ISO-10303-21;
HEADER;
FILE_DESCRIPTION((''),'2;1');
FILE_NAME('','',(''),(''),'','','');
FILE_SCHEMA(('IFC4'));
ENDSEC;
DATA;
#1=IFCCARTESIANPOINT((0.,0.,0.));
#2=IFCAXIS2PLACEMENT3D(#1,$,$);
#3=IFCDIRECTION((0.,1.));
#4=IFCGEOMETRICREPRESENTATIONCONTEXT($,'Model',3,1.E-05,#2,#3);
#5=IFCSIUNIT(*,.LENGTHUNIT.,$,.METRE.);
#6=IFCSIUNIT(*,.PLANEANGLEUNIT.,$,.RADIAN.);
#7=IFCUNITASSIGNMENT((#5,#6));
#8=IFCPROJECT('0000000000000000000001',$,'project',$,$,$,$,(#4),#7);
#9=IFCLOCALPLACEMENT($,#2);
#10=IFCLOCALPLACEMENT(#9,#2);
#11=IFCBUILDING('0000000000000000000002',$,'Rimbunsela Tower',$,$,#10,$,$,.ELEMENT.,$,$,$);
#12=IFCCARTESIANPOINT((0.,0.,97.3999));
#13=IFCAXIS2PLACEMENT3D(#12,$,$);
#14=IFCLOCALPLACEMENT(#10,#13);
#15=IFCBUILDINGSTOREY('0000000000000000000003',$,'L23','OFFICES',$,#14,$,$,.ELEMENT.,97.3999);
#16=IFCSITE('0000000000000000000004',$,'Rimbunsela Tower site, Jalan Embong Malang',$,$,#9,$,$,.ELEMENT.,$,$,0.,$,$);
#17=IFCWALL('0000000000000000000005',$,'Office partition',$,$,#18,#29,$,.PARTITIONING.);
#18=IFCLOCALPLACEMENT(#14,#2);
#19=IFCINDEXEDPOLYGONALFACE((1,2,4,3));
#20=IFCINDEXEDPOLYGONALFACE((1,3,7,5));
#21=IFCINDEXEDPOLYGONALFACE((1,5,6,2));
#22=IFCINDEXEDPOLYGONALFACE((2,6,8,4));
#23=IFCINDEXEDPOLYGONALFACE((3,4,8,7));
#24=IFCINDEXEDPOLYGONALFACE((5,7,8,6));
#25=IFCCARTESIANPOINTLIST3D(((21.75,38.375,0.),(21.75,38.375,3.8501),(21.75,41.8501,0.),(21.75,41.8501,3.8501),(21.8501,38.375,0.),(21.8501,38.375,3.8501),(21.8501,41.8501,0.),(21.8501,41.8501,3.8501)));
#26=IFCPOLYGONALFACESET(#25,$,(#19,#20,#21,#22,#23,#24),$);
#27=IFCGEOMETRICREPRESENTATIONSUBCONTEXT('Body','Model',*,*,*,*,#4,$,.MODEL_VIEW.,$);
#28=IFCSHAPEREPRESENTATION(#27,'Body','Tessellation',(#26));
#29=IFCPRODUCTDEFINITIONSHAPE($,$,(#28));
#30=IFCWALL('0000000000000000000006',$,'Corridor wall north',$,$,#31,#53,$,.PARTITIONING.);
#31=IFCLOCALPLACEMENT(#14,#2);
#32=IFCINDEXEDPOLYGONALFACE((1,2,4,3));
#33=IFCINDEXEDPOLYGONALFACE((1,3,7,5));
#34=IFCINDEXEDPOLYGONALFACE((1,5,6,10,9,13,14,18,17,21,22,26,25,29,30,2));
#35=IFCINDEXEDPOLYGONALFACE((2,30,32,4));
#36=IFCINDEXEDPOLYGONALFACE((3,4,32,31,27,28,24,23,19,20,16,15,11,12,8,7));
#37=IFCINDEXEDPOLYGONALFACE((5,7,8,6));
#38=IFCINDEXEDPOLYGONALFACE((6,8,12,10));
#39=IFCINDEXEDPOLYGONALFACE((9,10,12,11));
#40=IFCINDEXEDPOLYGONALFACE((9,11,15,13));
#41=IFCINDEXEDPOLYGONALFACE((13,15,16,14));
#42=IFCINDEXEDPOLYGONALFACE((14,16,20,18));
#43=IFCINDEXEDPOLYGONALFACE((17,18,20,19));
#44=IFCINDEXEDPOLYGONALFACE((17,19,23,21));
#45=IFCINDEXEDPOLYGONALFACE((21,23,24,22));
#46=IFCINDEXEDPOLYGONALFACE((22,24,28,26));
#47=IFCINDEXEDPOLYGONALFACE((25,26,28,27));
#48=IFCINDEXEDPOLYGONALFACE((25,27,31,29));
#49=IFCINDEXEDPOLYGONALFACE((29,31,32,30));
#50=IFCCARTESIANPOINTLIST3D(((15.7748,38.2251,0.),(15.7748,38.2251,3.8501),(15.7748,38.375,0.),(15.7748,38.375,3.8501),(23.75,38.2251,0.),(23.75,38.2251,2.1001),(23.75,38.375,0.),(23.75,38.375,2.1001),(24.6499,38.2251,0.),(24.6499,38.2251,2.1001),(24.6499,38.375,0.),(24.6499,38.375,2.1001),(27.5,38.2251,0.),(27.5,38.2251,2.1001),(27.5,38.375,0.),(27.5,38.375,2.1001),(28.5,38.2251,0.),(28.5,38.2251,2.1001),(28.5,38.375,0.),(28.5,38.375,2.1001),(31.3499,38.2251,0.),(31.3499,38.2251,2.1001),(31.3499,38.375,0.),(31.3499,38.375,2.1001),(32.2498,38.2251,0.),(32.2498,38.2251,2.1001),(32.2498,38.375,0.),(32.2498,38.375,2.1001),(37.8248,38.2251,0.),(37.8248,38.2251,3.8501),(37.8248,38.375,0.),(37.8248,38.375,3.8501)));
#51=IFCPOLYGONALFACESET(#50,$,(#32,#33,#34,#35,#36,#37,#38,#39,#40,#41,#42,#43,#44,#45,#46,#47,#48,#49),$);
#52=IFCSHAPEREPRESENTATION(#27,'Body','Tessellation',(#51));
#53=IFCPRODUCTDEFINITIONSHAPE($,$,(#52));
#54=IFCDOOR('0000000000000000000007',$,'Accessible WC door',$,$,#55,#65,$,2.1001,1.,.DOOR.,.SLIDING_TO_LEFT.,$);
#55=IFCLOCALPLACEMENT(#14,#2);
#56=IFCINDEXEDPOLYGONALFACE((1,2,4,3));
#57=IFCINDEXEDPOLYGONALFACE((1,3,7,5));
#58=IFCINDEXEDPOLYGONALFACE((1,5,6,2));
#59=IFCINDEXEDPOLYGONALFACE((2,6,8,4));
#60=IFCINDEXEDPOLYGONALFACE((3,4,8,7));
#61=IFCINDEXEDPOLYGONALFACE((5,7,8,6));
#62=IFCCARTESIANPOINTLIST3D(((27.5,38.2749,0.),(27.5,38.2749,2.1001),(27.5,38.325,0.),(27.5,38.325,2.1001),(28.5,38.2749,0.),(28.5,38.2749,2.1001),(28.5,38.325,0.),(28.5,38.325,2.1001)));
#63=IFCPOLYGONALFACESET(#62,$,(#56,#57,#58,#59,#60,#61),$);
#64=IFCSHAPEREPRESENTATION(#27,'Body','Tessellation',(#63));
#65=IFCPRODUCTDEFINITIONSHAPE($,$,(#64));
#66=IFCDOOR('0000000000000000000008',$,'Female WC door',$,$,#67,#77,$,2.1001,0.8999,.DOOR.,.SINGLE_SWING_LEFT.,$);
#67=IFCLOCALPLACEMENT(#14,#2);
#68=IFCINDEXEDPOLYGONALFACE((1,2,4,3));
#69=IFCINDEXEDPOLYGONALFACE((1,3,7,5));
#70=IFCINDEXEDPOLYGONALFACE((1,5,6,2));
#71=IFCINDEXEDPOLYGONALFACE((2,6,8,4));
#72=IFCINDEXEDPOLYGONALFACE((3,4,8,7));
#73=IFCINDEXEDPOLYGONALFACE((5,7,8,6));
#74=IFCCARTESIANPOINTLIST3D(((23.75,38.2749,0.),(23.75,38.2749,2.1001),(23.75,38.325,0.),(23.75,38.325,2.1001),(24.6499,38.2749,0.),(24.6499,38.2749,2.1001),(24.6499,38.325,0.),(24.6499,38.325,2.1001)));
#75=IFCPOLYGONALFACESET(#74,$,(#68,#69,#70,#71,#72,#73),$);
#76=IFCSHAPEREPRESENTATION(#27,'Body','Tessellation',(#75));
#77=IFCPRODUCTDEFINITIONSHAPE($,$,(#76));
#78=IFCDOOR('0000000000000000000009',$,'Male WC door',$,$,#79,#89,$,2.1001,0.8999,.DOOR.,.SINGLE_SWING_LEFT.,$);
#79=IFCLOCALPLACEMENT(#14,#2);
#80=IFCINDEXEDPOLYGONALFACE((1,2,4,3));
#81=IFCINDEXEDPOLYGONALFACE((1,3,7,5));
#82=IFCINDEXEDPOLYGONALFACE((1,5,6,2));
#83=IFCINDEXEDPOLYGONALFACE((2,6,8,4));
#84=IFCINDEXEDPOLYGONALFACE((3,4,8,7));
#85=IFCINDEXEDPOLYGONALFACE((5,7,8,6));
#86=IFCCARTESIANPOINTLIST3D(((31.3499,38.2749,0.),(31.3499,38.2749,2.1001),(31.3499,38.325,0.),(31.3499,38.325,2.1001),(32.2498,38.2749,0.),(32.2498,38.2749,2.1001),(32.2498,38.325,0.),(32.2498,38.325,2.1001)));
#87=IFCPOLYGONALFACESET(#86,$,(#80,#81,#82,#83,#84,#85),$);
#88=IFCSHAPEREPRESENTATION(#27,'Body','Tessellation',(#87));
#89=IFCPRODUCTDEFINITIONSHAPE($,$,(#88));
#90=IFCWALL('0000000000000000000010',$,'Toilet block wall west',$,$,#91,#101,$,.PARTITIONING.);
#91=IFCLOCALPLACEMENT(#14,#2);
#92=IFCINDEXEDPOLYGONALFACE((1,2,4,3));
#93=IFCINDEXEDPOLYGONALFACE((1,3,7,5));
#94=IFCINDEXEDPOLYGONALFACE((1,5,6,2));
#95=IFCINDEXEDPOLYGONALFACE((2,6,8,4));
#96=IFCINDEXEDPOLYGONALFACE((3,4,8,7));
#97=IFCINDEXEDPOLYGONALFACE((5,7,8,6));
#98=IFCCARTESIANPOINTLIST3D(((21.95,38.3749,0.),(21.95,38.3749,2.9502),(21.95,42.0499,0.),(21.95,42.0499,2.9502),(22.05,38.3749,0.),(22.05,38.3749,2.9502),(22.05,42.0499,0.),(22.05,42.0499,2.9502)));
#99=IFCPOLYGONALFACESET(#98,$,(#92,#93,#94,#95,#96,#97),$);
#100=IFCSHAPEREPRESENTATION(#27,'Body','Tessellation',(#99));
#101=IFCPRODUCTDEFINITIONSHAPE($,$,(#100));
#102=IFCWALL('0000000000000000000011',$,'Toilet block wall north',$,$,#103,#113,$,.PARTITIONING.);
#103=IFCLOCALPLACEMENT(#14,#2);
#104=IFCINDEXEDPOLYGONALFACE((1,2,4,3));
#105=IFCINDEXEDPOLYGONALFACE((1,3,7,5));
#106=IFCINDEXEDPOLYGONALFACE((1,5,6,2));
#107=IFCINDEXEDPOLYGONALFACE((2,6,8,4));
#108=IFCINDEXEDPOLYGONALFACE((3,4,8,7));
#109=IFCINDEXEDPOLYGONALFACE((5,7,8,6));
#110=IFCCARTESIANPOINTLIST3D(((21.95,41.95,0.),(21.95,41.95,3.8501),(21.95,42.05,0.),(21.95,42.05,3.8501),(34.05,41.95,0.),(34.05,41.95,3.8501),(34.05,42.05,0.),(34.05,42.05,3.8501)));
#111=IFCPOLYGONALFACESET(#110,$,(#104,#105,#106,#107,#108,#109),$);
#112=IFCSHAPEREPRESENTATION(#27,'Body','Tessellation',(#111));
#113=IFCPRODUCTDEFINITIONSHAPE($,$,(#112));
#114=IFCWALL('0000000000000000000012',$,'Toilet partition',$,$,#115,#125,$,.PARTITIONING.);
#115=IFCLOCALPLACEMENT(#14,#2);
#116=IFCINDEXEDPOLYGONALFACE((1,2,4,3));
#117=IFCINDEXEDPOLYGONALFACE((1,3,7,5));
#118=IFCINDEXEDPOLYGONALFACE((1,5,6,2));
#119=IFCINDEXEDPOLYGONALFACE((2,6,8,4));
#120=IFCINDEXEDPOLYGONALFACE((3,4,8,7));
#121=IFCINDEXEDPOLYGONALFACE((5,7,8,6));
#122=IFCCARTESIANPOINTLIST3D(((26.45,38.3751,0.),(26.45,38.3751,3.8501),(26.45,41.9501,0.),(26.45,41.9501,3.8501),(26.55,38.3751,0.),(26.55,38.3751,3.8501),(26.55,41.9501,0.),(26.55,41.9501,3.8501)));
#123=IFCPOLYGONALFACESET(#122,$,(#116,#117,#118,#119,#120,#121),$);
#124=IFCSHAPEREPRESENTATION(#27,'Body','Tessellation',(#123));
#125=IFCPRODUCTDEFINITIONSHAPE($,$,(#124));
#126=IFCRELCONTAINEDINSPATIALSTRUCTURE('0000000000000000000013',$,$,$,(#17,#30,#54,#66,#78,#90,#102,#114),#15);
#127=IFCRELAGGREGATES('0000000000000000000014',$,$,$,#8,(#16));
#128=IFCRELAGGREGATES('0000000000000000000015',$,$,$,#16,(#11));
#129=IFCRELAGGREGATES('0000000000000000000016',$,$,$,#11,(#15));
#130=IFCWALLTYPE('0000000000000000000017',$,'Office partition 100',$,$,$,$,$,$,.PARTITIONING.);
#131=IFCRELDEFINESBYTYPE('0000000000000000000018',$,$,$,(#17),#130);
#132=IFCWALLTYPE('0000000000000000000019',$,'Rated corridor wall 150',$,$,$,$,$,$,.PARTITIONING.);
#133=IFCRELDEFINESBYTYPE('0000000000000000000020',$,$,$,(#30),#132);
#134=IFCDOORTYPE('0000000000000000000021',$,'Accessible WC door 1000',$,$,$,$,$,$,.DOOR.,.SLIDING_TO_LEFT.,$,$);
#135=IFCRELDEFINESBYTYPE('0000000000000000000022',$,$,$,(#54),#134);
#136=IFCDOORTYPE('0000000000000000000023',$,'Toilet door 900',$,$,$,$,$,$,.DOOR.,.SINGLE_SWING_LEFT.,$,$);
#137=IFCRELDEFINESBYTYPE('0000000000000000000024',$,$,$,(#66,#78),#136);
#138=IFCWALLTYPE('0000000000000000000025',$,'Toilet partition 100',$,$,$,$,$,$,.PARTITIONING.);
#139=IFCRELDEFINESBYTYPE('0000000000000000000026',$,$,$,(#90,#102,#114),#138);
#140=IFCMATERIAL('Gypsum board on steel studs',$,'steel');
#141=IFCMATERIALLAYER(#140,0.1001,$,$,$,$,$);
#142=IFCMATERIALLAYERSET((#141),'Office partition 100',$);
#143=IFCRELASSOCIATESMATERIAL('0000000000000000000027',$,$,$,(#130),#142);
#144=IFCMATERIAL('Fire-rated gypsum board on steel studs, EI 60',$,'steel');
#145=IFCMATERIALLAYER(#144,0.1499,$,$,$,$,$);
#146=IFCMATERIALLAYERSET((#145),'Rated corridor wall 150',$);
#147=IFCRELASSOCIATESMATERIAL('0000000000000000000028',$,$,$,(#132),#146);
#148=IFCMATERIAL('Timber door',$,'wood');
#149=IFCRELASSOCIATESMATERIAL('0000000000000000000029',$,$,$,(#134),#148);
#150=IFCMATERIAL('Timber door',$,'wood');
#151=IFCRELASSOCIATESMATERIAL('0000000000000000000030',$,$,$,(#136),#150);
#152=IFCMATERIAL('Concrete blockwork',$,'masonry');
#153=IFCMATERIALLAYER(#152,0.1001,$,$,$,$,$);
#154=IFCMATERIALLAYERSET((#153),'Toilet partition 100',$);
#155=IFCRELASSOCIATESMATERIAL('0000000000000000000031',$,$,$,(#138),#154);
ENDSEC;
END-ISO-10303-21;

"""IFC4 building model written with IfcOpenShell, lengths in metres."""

from ifc_helpers import new_model, si_unit, direction, frame, frame_2d, origin, place, context, subcontext, project, spatial, rectangle, extrude, material, layer, layer_set, type_object, element, fill, save


model = new_model("IFC4")

# Units and contexts
model_context = context("Model", 3, precision=1e-05, world=origin(), true_north=direction((0.0, 1.0)))
body_context = subcontext(model_context, "Body", "Model", "MODEL_VIEW")
ifc_project = project(units=[si_unit("LENGTHUNIT", "METRE"), si_unit("PLANEANGLEUNIT", "RADIAN")], contexts=[model_context])

# Site, building, storey
site_placement = place(None, origin())
site = spatial("IfcSite", under=ifc_project, at=site_placement, Name="Rimbunsela Tower site, Jalan Embong Malang", CompositionType="ELEMENT", RefElevation=0.0)
building_placement = place(site_placement, origin())
building = spatial("IfcBuilding", under=site, at=building_placement, Name="Rimbunsela Tower", CompositionType="ELEMENT")
storey_placement = place(building_placement, frame((0.0, 0.0, 97.3999)))
storey = spatial("IfcBuildingStorey", under=building, at=storey_placement, Name="L23", Description="OFFICES", CompositionType="ELEMENT", Elevation=97.3999)

# Shared definitions
ifc_material_1 = material(Name="Gypsum board on steel studs", Category="steel")
ifc_layer_1 = layer(ifc_material_1, 0.1001)
ifc_layer_set_1 = layer_set([ifc_layer_1], Name="Office partition 100")
wall_type_1 = type_object("IfcWallType", Name="Office partition 100", PredefinedType="PARTITIONING", material=ifc_layer_set_1)

# Wall
for number, where, z_axis, x_axis, name in (
    (1, (21.8, 38.375, 0.0), (0.0, 0.0, 1.0), (0.0, 1.0, 0.0), "Office partition"),
):
    element("IfcWall", number, at=place(storey_placement, frame(where, z_axis=z_axis, x_axis=x_axis)), inside=storey, type_object=wall_type_1, Name=name, PredefinedType="PARTITIONING", context=body_context, shape_type="SweptSolid", body=[
        extrude(rectangle(XDim=3.4751, YDim=0.1001, at=frame_2d((1.7375, 0.0))), origin(), (0.0, 0.0, 1.0), 3.8501),
    ])

# Wall, openings, doors
ifc_material_2 = material(Name="Fire-rated gypsum board on steel studs, EI 60", Category="steel")
ifc_layer_2 = layer(ifc_material_2, 0.1499)
ifc_layer_set_2 = layer_set([ifc_layer_2], Name="Rated corridor wall 150")
wall_type_2 = type_object("IfcWallType", Name="Rated corridor wall 150", PredefinedType="PARTITIONING", material=ifc_layer_set_2)
wall_1_placement = place(storey_placement, frame((15.7749, 38.3, 0.0), z_axis=(0.0, 0.0, 1.0), x_axis=(1.0, 0.0, 0.0)))
wall_1 = element("IfcWall", 2, at=wall_1_placement, inside=storey, type_object=wall_type_2, Name="Corridor wall north", PredefinedType="PARTITIONING", context=body_context, shape_type="SweptSolid", body=[
    extrude(rectangle(XDim=22.05, YDim=0.1499, at=frame_2d((11.0249, 0.0))), origin(), (0.0, 0.0, 1.0), 3.8501),
])
opening_1_placement = place(wall_1_placement, frame((7.9751, 0.0, 0.0)))
opening_1 = element("IfcOpeningElement", 3, at=opening_1_placement, cuts=wall_1, PredefinedType="OPENING", context=body_context, shape_type="SweptSolid", body=[
    extrude(rectangle(XDim=0.8999, YDim=2.1001, at=frame_2d((0.45, 1.05))), frame((0.0, 0.085, 0.0), z_axis=(0.0, -1.0, 0.0), x_axis=(1.0, 0.0, 0.0)), (0.0, 0.0, 1.0), 0.1699),
])
opening_2_placement = place(wall_1_placement, frame((11.7251, 0.0, 0.0)))
opening_2 = element("IfcOpeningElement", 4, at=opening_2_placement, cuts=wall_1, PredefinedType="OPENING", context=body_context, shape_type="SweptSolid", body=[
    extrude(rectangle(XDim=1.0, YDim=2.1001, at=frame_2d((0.5, 1.05))), frame((0.0, 0.085, 0.0), z_axis=(0.0, -1.0, 0.0), x_axis=(1.0, 0.0, 0.0)), (0.0, 0.0, 1.0), 0.1699),
])
opening_3_placement = place(wall_1_placement, frame((15.575, 0.0, 0.0)))
opening_3 = element("IfcOpeningElement", 5, at=opening_3_placement, cuts=wall_1, PredefinedType="OPENING", context=body_context, shape_type="SweptSolid", body=[
    extrude(rectangle(XDim=0.8999, YDim=2.1001, at=frame_2d((0.45, 1.05))), frame((0.0, 0.085, 0.0), z_axis=(0.0, -1.0, 0.0), x_axis=(1.0, 0.0, 0.0)), (0.0, 0.0, 1.0), 0.1699),
])
ifc_material_3 = material(Name="Timber door", Category="wood")
door_type_1 = type_object("IfcDoorType", Name="Accessible WC door 1000", OperationType="SLIDING_TO_LEFT", PredefinedType="DOOR", material=ifc_material_3)
door_1_placement = place(opening_2_placement, origin())
door_1 = element("IfcDoor", 6, at=door_1_placement, inside=storey, type_object=door_type_1, Name="Accessible WC door", OperationType="SLIDING_TO_LEFT", OverallHeight=2.1001, OverallWidth=1.0, PredefinedType="DOOR", context=body_context, shape_type="SweptSolid", body=[
    extrude(rectangle(XDim=1.0, YDim=2.1001, at=frame_2d((0.5, 1.05))), frame((0.0, 0.0249, 0.0), z_axis=(0.0, -1.0, 0.0), x_axis=(1.0, 0.0, 0.0)), (0.0, 0.0, 1.0), 0.05),
])
fill(opening_2, door_1)
ifc_material_4 = material(Name="Timber door", Category="wood")
door_type_2 = type_object("IfcDoorType", Name="Toilet door 900", OperationType="SINGLE_SWING_LEFT", PredefinedType="DOOR", material=ifc_material_4)
door_2_placement = place(opening_1_placement, origin())
door_2 = element("IfcDoor", 7, at=door_2_placement, inside=storey, type_object=door_type_2, Name="Female WC door", OperationType="SINGLE_SWING_LEFT", OverallHeight=2.1001, OverallWidth=0.8999, PredefinedType="DOOR", context=body_context, shape_type="SweptSolid", body=[
    extrude(rectangle(XDim=0.8999, YDim=2.1001, at=frame_2d((0.45, 1.05))), frame((0.0, 0.0249, 0.0), z_axis=(0.0, -1.0, 0.0), x_axis=(1.0, 0.0, 0.0)), (0.0, 0.0, 1.0), 0.05),
])
fill(opening_1, door_2)
door_3_placement = place(opening_3_placement, origin())
door_3 = element("IfcDoor", 8, at=door_3_placement, inside=storey, type_object=door_type_2, Name="Male WC door", OperationType="SINGLE_SWING_LEFT", OverallHeight=2.1001, OverallWidth=0.8999, PredefinedType="DOOR", context=body_context, shape_type="SweptSolid", body=[
    extrude(rectangle(XDim=0.8999, YDim=2.1001, at=frame_2d((0.45, 1.05))), frame((0.0, 0.0249, 0.0), z_axis=(0.0, -1.0, 0.0), x_axis=(1.0, 0.0, 0.0)), (0.0, 0.0, 1.0), 0.05),
])
fill(opening_3, door_3)

# Walls
ifc_material_5 = material(Name="Concrete blockwork", Category="masonry")
ifc_layer_3 = layer(ifc_material_5, 0.1001)
ifc_layer_set_3 = layer_set([ifc_layer_3], Name="Toilet partition 100")
wall_type_3 = type_object("IfcWallType", Name="Toilet partition 100", PredefinedType="PARTITIONING", material=ifc_layer_set_3)
wall_2_placement = place(storey_placement, frame((22.0, 38.375, 0.0), z_axis=(0.0, 0.0, 1.0), x_axis=(0.0, 1.0, 0.0)))
element("IfcWall", 9, at=wall_2_placement, inside=storey, type_object=wall_type_3, Name="Toilet block wall west", PredefinedType="PARTITIONING", context=body_context, shape_type="SweptSolid", body=[
    extrude(rectangle(XDim=3.675, YDim=0.1001, at=frame_2d((1.8374, 0.0))), origin(), (0.0, 0.0, 1.0), 2.9502),
])
wall_3_placement = place(storey_placement, frame((21.95, 42.0, 0.0), z_axis=(0.0, 0.0, 1.0), x_axis=(1.0, 0.0, 0.0)))
element("IfcWall", 10, at=wall_3_placement, inside=storey, type_object=wall_type_3, Name="Toilet block wall north", PredefinedType="PARTITIONING", context=body_context, shape_type="SweptSolid", body=[
    extrude(rectangle(XDim=12.1001, YDim=0.1001, at=frame_2d((6.05, 0.0))), origin(), (0.0, 0.0, 1.0), 3.8501),
])
wall_4_placement = place(storey_placement, frame((26.5, 38.375, 0.0), z_axis=(0.0, 0.0, 1.0), x_axis=(0.0, 1.0, 0.0)))
element("IfcWall", 11, at=wall_4_placement, inside=storey, type_object=wall_type_3, Name="Toilet partition", PredefinedType="PARTITIONING", context=body_context, shape_type="SweptSolid", body=[
    extrude(rectangle(XDim=3.575, YDim=0.1001, at=frame_2d((1.7876, 0.0))), origin(), (0.0, 0.0, 1.0), 3.8501),
])

save(model, "model.ifc")
